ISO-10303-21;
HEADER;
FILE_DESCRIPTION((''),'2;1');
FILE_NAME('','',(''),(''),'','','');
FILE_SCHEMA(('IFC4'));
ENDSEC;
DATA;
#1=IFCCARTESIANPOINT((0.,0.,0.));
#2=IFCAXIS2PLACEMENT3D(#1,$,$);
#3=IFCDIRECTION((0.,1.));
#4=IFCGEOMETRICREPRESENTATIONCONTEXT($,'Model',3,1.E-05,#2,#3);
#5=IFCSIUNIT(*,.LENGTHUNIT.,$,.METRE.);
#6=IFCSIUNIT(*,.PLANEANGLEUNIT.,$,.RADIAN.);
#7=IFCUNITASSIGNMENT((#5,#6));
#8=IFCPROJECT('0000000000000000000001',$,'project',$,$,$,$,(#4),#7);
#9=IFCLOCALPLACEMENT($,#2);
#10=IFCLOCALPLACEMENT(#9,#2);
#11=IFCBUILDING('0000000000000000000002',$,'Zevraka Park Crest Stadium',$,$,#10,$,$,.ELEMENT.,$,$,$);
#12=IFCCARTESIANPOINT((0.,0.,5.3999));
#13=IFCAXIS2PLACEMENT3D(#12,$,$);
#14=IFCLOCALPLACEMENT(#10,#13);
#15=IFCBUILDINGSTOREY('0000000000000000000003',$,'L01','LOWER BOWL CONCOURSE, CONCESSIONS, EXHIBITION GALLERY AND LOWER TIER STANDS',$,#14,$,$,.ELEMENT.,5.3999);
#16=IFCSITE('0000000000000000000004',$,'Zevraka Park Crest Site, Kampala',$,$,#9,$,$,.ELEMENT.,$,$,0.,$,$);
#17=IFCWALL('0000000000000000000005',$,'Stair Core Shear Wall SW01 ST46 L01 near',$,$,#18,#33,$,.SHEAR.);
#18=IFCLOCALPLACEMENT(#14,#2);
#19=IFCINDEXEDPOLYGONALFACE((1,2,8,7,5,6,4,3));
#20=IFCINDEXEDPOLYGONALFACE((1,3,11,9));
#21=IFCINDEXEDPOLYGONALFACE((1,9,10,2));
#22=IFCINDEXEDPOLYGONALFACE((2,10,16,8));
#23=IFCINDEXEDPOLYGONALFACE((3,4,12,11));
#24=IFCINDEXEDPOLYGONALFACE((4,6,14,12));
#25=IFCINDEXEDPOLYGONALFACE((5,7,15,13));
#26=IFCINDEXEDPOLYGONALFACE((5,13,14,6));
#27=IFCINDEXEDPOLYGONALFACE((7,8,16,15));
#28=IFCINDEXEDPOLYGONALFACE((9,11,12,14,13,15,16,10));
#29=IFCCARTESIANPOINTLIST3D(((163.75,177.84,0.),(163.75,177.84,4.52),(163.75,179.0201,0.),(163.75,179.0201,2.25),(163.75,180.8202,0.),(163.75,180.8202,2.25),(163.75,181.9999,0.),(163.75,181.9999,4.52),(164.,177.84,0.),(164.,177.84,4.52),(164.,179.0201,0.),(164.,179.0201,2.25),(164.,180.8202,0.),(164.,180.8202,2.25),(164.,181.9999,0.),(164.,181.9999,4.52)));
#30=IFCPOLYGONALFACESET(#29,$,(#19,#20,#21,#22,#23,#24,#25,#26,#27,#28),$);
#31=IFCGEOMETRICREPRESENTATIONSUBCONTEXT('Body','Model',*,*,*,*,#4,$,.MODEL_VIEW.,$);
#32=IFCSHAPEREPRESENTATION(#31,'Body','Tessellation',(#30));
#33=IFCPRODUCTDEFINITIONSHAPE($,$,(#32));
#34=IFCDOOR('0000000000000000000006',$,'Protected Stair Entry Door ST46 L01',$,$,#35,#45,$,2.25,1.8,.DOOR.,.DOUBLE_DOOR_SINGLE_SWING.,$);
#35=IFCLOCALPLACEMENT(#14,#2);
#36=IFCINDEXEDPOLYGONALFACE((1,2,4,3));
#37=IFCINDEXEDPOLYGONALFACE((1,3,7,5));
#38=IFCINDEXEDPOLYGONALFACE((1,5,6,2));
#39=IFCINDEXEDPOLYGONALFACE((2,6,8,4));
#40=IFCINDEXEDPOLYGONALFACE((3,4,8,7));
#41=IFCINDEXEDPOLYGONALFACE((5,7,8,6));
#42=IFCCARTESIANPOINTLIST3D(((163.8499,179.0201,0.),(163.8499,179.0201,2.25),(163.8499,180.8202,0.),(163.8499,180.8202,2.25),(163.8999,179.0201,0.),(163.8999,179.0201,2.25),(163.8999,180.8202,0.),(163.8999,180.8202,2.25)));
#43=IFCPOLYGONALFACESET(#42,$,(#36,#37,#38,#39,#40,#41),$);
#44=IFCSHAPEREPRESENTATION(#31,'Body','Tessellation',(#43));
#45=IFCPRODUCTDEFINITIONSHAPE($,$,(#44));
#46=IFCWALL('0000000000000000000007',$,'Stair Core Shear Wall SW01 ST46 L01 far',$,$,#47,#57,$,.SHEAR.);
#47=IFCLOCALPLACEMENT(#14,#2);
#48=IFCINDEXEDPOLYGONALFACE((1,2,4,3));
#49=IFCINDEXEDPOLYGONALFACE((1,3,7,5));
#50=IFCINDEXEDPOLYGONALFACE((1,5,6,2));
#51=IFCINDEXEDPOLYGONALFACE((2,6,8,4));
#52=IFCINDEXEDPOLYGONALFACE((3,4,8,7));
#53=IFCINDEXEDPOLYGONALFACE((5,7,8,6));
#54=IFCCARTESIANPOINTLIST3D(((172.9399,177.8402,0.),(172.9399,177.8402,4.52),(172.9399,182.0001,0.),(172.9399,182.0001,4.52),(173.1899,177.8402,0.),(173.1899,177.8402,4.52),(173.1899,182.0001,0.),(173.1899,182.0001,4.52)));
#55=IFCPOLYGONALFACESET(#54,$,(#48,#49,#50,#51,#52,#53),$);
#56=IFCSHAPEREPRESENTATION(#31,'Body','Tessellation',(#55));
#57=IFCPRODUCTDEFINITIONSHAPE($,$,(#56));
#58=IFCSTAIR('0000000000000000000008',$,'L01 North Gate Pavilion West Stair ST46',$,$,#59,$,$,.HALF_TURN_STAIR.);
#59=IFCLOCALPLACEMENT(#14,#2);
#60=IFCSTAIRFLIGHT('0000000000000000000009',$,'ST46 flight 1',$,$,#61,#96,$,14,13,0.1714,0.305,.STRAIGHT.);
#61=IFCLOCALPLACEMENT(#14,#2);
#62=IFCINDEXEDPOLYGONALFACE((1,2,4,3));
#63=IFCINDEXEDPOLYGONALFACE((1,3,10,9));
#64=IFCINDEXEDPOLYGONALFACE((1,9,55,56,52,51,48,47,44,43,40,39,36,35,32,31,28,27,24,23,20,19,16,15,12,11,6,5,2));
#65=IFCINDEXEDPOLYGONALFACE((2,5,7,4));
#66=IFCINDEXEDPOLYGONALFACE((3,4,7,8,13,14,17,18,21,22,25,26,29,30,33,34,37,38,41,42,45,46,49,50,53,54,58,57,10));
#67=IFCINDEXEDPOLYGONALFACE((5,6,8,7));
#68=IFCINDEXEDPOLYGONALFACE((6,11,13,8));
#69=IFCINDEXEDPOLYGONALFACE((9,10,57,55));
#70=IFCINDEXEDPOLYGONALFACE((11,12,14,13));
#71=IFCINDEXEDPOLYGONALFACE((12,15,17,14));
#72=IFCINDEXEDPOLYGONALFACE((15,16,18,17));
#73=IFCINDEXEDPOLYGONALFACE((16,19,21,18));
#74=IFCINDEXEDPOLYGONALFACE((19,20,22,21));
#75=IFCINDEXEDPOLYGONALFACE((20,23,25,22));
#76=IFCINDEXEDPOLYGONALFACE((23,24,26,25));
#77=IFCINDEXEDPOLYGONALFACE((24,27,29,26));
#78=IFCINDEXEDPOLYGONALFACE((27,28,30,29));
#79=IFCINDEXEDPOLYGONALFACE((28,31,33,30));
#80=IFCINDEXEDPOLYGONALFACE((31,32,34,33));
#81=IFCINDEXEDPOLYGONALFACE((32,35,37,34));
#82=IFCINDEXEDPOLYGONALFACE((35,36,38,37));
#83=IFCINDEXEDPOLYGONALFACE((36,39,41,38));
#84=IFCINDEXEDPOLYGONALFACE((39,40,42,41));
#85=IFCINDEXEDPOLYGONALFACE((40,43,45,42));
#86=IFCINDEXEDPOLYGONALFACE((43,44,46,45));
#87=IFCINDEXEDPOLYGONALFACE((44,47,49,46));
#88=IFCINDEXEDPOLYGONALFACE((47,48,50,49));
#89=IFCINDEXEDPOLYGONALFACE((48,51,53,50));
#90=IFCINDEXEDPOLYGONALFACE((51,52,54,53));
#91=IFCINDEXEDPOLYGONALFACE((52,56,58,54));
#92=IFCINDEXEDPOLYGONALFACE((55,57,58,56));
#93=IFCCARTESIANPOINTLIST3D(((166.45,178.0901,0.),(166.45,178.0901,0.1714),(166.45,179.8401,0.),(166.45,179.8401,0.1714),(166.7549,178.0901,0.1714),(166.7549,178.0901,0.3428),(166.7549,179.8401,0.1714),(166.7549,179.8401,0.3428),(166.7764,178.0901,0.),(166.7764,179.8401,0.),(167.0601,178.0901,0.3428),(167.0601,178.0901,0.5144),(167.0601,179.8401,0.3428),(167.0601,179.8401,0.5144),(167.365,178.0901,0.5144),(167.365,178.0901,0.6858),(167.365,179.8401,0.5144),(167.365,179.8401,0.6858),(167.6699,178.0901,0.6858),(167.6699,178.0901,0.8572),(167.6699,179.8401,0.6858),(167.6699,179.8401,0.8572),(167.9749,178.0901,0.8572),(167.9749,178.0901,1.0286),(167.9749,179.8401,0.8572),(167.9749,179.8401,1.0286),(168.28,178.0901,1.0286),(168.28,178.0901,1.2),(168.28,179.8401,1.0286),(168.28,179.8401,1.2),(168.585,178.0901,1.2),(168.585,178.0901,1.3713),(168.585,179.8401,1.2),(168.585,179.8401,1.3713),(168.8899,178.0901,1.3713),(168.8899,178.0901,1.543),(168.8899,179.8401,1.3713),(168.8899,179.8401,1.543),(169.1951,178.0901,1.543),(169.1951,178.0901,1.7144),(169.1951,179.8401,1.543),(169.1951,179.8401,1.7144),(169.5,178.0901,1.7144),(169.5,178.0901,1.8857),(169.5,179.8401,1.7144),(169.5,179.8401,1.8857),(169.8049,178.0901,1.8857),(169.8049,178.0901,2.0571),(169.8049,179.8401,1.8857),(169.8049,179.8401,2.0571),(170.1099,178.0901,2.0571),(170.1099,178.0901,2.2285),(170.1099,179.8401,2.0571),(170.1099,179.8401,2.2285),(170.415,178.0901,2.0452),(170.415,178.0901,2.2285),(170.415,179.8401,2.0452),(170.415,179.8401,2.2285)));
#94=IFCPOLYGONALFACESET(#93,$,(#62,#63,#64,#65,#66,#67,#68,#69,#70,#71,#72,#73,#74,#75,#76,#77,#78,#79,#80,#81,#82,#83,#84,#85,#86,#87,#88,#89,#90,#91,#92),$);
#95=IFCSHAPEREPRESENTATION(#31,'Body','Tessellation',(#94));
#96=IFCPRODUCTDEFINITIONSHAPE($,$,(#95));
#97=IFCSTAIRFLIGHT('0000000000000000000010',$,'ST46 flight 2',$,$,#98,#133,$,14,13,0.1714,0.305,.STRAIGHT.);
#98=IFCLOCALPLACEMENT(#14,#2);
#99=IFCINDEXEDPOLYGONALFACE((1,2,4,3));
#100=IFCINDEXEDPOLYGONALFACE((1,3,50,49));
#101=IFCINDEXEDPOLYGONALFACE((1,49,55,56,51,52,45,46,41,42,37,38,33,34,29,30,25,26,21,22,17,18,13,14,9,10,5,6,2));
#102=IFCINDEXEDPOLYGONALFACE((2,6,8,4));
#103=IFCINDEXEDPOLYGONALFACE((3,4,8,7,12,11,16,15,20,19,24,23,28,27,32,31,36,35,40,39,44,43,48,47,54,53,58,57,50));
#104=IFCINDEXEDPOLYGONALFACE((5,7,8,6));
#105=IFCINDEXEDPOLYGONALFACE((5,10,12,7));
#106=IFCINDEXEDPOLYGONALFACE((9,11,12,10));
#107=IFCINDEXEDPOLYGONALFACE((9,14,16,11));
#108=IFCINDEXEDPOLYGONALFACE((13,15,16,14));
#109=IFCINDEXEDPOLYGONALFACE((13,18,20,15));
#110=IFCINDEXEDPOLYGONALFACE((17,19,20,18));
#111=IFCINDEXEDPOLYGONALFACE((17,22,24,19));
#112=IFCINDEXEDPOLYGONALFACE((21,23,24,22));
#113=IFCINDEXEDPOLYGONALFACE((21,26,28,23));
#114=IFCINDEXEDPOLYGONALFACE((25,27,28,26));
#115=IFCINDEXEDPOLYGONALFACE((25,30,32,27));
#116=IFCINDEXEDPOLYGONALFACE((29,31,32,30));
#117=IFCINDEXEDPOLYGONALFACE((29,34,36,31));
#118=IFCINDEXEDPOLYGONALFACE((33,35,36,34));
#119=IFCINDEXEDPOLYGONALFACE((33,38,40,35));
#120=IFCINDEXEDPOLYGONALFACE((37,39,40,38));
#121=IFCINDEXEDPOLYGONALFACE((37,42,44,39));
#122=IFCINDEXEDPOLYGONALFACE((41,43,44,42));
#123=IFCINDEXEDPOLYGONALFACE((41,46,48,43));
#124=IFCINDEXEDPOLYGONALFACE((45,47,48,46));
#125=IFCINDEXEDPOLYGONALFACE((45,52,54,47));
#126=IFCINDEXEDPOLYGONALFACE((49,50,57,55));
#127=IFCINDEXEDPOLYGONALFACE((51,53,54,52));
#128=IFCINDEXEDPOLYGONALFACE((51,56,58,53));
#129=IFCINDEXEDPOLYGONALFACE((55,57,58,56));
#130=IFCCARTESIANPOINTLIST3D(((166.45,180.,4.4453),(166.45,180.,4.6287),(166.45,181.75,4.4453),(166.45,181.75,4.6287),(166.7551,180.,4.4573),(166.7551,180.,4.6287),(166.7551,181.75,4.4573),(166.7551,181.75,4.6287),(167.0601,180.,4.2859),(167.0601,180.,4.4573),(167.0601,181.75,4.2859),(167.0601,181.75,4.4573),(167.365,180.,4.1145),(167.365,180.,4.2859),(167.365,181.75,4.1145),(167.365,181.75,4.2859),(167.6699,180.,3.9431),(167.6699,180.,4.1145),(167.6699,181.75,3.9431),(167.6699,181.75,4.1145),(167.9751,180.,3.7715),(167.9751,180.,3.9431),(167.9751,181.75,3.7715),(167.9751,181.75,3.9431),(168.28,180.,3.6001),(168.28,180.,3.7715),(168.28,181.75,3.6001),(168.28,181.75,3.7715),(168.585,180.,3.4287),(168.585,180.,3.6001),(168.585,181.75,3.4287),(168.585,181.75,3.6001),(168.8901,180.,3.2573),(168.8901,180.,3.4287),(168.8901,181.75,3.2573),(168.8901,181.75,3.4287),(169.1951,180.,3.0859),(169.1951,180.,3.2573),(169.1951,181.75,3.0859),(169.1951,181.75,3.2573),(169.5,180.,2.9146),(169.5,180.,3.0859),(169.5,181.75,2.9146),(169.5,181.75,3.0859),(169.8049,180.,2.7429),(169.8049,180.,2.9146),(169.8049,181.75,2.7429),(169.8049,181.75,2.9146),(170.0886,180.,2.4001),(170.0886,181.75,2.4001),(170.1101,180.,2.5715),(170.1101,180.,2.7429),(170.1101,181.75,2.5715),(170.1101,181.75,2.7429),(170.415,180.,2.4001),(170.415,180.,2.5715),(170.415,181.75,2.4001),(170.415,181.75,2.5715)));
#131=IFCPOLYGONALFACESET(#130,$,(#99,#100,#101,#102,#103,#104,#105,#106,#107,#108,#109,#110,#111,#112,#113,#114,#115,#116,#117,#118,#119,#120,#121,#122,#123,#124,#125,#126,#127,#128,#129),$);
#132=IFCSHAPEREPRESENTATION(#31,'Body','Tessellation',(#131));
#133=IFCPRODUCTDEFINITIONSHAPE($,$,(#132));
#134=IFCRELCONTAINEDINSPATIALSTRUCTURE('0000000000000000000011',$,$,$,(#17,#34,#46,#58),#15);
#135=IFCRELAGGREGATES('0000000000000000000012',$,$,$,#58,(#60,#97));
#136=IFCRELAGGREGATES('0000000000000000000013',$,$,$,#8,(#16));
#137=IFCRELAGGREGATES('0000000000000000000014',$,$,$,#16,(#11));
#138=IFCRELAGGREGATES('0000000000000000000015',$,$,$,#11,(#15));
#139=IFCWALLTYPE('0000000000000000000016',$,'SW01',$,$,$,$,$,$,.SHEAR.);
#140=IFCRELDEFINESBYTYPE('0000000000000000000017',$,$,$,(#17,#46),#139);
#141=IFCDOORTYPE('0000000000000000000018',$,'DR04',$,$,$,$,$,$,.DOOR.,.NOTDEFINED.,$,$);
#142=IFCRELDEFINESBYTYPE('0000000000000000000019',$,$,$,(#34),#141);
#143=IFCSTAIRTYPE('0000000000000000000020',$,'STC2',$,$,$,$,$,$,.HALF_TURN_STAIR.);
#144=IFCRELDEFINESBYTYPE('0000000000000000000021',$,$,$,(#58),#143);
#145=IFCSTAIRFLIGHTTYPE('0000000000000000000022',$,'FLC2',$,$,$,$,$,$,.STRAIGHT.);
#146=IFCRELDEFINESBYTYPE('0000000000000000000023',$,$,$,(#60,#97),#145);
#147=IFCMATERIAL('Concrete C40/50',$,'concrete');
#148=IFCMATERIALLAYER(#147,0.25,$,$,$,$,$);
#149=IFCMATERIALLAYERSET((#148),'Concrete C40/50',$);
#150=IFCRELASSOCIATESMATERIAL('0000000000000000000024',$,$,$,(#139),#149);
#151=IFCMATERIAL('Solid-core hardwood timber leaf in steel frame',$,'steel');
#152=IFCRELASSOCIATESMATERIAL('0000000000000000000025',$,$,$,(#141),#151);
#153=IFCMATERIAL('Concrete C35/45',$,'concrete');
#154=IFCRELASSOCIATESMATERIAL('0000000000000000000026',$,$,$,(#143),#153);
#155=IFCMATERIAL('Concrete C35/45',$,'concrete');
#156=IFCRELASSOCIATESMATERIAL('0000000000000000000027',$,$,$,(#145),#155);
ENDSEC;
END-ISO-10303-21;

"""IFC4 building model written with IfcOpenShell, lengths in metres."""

from ifc_helpers import new_model, si_unit, direction, frame, frame_2d, origin, place, context, subcontext, project, spatial, polyline, rectangle, outline, extrude, material, layer, layer_set, type_object, element, fill, aggregate, save


model = new_model("IFC4")

# Units and contexts
model_context = context("Model", 3, precision=1e-05, world=origin(), true_north=direction((0.0, 1.0)))
body_context = subcontext(model_context, "Body", "Model", "MODEL_VIEW")
ifc_project = project(units=[si_unit("LENGTHUNIT", "METRE"), si_unit("PLANEANGLEUNIT", "RADIAN")], contexts=[model_context])

# Site, building, storey
site_placement = place(None, origin())
site = spatial("IfcSite", under=ifc_project, at=site_placement, Name="Zevraka Park Crest Site, Kampala", CompositionType="ELEMENT", RefElevation=0.0)
building_placement = place(site_placement, origin())
building = spatial("IfcBuilding", under=site, at=building_placement, Name="Zevraka Park Crest Stadium", CompositionType="ELEMENT")
storey_placement = place(building_placement, frame((0.0, 0.0, 5.3999)))
storey = spatial("IfcBuildingStorey", under=building, at=storey_placement, Name="L01", Description="LOWER BOWL CONCOURSE, CONCESSIONS, EXHIBITION GALLERY AND LOWER TIER STANDS", CompositionType="ELEMENT", Elevation=5.3999)

# Shared definitions
ifc_material_1 = material(Name="Concrete C40/50", Category="concrete")
ifc_layer_1 = layer(ifc_material_1, 0.25)
ifc_layer_set_1 = layer_set([ifc_layer_1], Name="Concrete C40/50")
wall_type = type_object("IfcWallType", Name="SW01", PredefinedType="SHEAR", material=ifc_layer_set_1)

# Wall, opening, door
wall_1_placement = place(storey_placement, frame((163.875, 182.0, 0.0), z_axis=(0.0, 0.0, 1.0), x_axis=(0.0, -1.0, 0.0)))
wall_1 = element("IfcWall", 1, at=wall_1_placement, inside=storey, type_object=wall_type, Name="Stair Core Shear Wall SW01 ST46 L01 near", PredefinedType="SHEAR", context=body_context, shape_type="SweptSolid", body=[
    extrude(rectangle(XDim=4.1599, YDim=0.25, at=frame_2d((2.0801, 0.0))), origin(), (0.0, 0.0, 1.0), 4.52),
])
opening_placement = place(wall_1_placement, frame((1.1799, 0.0, 0.0)))
opening = element("IfcOpeningElement", 2, at=opening_placement, cuts=wall_1, PredefinedType="OPENING", context=body_context, shape_type="SweptSolid", body=[
    extrude(rectangle(XDim=1.8, YDim=2.25, at=frame_2d((0.8999, 1.125))), frame((0.0, 0.135, 0.0), z_axis=(0.0, -1.0, 0.0), x_axis=(1.0, 0.0, 0.0)), (0.0, 0.0, 1.0), 0.27),
])
ifc_material_2 = material(Name="Solid-core hardwood timber leaf in steel frame", Category="steel")
door_type = type_object("IfcDoorType", Name="DR04", OperationType="NOTDEFINED", PredefinedType="DOOR", material=ifc_material_2)
door_placement = place(opening_placement, origin())
door = element("IfcDoor", 3, at=door_placement, inside=storey, type_object=door_type, Name="Protected Stair Entry Door ST46 L01", OperationType="DOUBLE_DOOR_SINGLE_SWING", OverallHeight=2.25, OverallWidth=1.8, PredefinedType="DOOR", context=body_context, shape_type="SweptSolid", body=[
    extrude(rectangle(XDim=1.8, YDim=2.25, at=frame_2d((0.8999, 1.125))), frame((0.0, 0.0249, 0.0), z_axis=(0.0, -1.0, 0.0), x_axis=(1.0, 0.0, 0.0)), (0.0, 0.0, 1.0), 0.05),
])
fill(opening, door)

# Wall
wall_2_placement = place(storey_placement, frame((173.0649, 177.8401, 0.0), z_axis=(0.0, 0.0, 1.0), x_axis=(0.0, 1.0, 0.0)))
element("IfcWall", 4, at=wall_2_placement, inside=storey, type_object=wall_type, Name="Stair Core Shear Wall SW01 ST46 L01 far", PredefinedType="SHEAR", context=body_context, shape_type="SweptSolid", body=[
    extrude(rectangle(XDim=4.1599, YDim=0.25, at=frame_2d((2.0801, 0.0))), origin(), (0.0, 0.0, 1.0), 4.52),
])

# Stair, stair flights
ifc_material_3 = material(Name="Concrete C35/45", Category="concrete")
stair_type = type_object("IfcStairType", Name="STC2", PredefinedType="HALF_TURN_STAIR", material=ifc_material_3)
stair_placement = place(storey_placement, origin())
stair = element("IfcStair", 5, at=stair_placement, inside=storey, type_object=stair_type, Name="L01 North Gate Pavilion West Stair ST46", PredefinedType="HALF_TURN_STAIR")
ifc_material_4 = material(Name="Concrete C35/45", Category="concrete")
stair_flight_type = type_object("IfcStairFlightType", Name="FLC2", PredefinedType="STRAIGHT", material=ifc_material_4)
stair_flight_1_placement = place(storey_placement, frame((166.45, 178.9651, 0.0), z_axis=(0.0, 0.0, 1.0), x_axis=(1.0, 0.0, 0.0)))
stair_flight_1 = element("IfcStairFlight", 6, at=stair_flight_1_placement, type_object=stair_flight_type, Name="ST46 flight 1", NumberOfRisers=14, NumberOfTreads=13, PredefinedType="STRAIGHT", RiserHeight=0.1714, TreadLength=0.305, context=body_context, shape_type="SweptSolid", body=[
    extrude(outline(polyline([(0.0, 0.0), (0.0, 0.1714), (0.3049, 0.1714), (0.3049, 0.3428), (0.6101, 0.3428), (0.6101, 0.5144), (0.915, 0.5144), (0.915, 0.6858), (1.22, 0.6858), (1.22, 0.8572), (1.5249, 0.8572), (1.5249, 1.0286), (1.8301, 1.0286), (1.8301, 1.2), (2.135, 1.2), (2.135, 1.3713), (2.4399, 1.3713), (2.4399, 1.543), (2.7451, 1.543), (2.7451, 1.7144), (3.05, 1.7144), (3.05, 1.8857), (3.355, 1.8857), (3.355, 2.0571), (3.6599, 2.0571), (3.6599, 2.2285), (3.9651, 2.2285), (3.9651, 2.3999), (3.9651, 2.0452), (0.3264, 0.0), (0.0, 0.0)])), frame((0.0, 0.875, 0.0), z_axis=(0.0, -1.0, 0.0), x_axis=(1.0, 0.0, 0.0)), (0.0, 0.0, 1.0), 1.75),
])
stair_flight_2_placement = place(storey_placement, frame((170.415, 180.875, 2.4001), z_axis=(0.0, 0.0, 1.0), x_axis=(-1.0, 0.0, 0.0)))
stair_flight_2 = element("IfcStairFlight", 7, at=stair_flight_2_placement, type_object=stair_flight_type, Name="ST46 flight 2", NumberOfRisers=14, NumberOfTreads=13, PredefinedType="STRAIGHT", RiserHeight=0.1714, TreadLength=0.305, context=body_context, shape_type="SweptSolid", body=[
    extrude(outline(polyline([(0.0, 0.0), (0.0, 0.1714), (0.3049, 0.1714), (0.3049, 0.3428), (0.6101, 0.3428), (0.6101, 0.5144), (0.915, 0.5144), (0.915, 0.6858), (1.22, 0.6858), (1.22, 0.8572), (1.5249, 0.8572), (1.5249, 1.0286), (1.8301, 1.0286), (1.8301, 1.2), (2.135, 1.2), (2.135, 1.3713), (2.4399, 1.3713), (2.4399, 1.543), (2.7451, 1.543), (2.7451, 1.7144), (3.05, 1.7144), (3.05, 1.8857), (3.355, 1.8857), (3.355, 2.0571), (3.6599, 2.0571), (3.6599, 2.2285), (3.9651, 2.2285), (3.9651, 2.3999), (3.9651, 2.0452), (0.3264, 0.0), (0.0, 0.0)])), frame((0.0, 0.875, 0.0), z_axis=(0.0, -1.0, 0.0), x_axis=(1.0, 0.0, 0.0)), (0.0, 0.0, 1.0), 1.75),
])
aggregate(stair, [stair_flight_1, stair_flight_2])

save(model, "model.ifc")
